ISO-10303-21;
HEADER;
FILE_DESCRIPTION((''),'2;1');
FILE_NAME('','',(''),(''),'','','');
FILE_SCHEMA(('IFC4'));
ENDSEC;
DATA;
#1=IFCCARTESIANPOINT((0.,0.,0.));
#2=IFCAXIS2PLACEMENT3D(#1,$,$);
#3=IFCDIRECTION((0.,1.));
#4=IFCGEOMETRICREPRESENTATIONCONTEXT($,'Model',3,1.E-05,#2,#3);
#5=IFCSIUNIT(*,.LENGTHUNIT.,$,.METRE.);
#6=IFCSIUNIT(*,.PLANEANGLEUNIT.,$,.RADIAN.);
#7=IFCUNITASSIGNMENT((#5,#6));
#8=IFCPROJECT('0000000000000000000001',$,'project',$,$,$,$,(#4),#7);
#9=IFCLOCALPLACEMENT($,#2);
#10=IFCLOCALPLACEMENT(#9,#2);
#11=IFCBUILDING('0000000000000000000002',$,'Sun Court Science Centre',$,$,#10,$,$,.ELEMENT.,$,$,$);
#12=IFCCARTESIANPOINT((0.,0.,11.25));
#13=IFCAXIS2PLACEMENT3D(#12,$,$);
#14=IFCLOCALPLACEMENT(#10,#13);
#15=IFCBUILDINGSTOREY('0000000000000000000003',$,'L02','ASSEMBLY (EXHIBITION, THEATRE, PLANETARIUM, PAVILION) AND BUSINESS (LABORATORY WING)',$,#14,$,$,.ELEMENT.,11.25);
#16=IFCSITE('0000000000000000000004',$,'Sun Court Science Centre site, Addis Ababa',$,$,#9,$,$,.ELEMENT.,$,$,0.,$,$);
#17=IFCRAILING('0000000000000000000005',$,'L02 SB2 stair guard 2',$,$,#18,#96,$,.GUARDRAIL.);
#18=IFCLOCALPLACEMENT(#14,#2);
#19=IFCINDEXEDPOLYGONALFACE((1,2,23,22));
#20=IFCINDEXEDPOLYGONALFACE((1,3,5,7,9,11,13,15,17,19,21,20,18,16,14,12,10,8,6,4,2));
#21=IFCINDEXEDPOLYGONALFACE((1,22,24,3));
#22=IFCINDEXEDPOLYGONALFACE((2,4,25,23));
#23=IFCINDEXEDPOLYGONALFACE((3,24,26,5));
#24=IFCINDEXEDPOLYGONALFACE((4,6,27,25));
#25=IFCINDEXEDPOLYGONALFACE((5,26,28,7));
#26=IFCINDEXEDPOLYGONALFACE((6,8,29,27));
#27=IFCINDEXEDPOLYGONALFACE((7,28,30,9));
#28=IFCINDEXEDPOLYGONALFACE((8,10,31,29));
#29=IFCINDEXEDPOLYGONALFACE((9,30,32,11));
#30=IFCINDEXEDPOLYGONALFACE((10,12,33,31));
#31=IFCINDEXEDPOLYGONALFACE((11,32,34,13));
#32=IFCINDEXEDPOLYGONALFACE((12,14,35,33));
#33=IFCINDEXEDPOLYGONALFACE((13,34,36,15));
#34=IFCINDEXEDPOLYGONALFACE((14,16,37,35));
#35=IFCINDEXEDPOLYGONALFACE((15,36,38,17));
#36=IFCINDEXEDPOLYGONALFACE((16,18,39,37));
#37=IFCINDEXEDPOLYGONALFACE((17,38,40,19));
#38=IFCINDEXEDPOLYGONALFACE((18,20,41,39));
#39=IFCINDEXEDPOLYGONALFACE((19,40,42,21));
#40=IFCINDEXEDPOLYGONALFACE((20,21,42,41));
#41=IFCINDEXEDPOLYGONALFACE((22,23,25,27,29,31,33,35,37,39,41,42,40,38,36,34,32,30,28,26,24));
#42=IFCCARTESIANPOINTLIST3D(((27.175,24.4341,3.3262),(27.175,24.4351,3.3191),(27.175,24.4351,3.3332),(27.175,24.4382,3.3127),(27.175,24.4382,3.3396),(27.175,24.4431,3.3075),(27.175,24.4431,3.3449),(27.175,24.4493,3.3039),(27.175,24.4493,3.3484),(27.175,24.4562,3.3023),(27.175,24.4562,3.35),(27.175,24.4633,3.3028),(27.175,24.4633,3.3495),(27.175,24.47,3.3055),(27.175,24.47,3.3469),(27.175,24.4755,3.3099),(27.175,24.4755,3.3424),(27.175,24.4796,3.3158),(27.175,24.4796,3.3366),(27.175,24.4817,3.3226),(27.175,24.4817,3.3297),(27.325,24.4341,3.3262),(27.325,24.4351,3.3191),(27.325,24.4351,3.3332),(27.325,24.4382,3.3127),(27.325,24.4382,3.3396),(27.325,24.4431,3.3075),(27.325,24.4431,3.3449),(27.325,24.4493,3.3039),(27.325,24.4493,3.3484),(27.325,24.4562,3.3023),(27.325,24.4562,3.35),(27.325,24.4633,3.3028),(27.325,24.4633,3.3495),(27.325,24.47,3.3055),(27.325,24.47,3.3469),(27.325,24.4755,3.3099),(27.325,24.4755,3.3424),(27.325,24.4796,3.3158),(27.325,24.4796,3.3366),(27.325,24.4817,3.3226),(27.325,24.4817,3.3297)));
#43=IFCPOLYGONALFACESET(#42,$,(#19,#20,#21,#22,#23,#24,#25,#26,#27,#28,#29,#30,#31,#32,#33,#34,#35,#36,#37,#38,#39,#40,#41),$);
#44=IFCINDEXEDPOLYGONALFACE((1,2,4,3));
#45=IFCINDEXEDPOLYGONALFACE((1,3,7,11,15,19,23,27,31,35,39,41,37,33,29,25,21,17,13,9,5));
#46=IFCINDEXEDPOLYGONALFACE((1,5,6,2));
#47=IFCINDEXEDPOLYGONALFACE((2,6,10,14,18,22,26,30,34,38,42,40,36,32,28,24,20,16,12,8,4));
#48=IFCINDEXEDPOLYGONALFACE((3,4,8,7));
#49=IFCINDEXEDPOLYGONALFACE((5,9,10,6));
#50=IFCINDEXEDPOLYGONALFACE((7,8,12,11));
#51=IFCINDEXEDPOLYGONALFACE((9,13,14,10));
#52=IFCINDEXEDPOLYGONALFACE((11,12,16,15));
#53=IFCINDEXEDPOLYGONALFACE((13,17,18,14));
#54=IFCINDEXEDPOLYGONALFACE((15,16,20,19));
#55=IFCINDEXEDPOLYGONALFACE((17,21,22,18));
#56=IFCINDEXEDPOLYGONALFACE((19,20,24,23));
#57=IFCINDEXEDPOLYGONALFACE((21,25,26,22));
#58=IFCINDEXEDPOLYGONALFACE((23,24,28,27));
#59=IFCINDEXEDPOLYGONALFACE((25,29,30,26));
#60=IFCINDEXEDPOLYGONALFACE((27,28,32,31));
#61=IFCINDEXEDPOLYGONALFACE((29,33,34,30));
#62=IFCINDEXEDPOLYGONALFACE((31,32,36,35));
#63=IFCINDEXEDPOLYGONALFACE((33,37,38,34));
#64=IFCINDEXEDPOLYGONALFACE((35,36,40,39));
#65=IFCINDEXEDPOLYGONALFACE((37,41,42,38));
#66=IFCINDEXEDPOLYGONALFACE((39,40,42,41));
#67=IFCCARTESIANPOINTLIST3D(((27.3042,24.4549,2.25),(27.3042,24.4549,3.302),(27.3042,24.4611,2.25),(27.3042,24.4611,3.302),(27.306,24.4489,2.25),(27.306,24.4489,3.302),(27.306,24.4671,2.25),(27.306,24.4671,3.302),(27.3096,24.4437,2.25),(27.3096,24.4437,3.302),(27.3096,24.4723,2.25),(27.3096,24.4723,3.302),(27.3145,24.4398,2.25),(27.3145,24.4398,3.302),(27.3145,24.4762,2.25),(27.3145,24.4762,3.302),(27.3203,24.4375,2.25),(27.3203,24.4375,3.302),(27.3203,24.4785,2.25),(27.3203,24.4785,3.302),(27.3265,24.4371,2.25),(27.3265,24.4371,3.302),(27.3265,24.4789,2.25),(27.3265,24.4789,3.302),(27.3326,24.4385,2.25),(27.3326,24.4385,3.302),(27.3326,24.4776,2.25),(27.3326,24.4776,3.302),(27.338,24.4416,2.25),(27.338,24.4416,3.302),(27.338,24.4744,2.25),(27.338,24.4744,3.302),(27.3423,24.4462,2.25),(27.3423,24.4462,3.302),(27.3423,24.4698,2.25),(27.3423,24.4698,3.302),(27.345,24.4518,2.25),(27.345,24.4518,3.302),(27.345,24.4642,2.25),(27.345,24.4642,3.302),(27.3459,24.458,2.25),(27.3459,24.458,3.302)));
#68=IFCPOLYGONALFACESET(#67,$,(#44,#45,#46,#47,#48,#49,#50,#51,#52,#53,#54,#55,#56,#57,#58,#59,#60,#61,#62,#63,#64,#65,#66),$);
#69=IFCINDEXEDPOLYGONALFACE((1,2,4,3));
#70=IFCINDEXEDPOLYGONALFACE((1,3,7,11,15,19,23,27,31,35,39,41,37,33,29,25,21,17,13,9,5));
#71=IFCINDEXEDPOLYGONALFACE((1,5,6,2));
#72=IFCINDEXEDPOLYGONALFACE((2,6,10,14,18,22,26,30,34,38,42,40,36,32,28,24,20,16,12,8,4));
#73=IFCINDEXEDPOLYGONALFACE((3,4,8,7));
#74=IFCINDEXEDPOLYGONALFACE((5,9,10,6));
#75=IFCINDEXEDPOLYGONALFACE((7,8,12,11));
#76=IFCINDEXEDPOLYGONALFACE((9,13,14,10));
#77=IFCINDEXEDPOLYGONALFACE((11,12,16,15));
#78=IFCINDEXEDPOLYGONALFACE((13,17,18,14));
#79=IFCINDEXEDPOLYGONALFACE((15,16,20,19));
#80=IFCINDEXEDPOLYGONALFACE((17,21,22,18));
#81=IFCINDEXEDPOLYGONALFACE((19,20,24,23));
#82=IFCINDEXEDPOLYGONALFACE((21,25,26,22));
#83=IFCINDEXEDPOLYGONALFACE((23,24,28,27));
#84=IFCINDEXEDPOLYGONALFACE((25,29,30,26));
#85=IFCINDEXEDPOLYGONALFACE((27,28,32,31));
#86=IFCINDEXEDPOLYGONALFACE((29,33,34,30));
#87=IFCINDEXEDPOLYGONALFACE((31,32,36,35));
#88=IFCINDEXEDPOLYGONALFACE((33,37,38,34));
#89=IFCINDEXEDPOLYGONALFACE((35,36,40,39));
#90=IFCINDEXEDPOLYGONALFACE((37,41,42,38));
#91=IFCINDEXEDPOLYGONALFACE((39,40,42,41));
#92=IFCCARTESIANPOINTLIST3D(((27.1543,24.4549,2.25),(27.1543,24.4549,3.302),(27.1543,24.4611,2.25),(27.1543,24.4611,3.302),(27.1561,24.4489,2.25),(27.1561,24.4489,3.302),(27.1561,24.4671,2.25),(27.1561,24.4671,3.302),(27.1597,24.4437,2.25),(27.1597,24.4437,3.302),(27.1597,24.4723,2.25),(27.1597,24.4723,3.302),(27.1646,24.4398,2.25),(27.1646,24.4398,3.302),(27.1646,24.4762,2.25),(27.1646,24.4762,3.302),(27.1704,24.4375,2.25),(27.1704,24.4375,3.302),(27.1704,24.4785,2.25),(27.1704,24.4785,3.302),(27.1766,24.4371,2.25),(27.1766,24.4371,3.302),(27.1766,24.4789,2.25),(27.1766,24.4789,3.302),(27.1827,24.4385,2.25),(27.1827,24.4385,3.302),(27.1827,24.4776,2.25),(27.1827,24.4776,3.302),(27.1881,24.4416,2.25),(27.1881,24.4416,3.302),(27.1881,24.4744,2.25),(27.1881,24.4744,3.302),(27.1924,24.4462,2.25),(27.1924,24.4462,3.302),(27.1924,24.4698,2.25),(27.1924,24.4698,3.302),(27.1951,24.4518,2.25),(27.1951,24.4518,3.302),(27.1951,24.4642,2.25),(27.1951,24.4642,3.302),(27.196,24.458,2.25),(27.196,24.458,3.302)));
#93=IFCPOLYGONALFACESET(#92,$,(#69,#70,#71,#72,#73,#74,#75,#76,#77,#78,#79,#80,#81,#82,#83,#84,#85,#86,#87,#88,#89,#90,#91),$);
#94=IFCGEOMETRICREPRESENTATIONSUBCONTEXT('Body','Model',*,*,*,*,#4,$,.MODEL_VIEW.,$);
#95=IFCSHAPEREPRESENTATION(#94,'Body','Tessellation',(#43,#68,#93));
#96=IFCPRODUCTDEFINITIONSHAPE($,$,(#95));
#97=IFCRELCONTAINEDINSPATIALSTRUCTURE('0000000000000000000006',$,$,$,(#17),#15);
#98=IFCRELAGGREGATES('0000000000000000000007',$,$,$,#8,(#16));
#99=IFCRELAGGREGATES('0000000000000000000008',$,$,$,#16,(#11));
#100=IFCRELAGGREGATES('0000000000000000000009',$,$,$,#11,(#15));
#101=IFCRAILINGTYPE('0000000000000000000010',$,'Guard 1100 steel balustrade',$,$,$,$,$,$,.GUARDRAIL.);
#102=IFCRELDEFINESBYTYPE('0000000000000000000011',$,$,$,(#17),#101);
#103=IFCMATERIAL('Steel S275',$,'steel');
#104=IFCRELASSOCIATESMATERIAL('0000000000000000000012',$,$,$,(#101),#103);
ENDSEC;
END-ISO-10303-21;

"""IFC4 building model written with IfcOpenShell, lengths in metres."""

from ifc_helpers import new_model, si_unit, direction, frame, origin, origin_2d, place, context, subcontext, project, spatial, circle, extrude, material, type_object, element, save


model = new_model("IFC4")

# Units and contexts
model_context = context("Model", 3, precision=1e-05, world=origin(), true_north=direction((0.0, 1.0)))
body_context = subcontext(model_context, "Body", "Model", "MODEL_VIEW")
ifc_project = project(units=[si_unit("LENGTHUNIT", "METRE"), si_unit("PLANEANGLEUNIT", "RADIAN")], contexts=[model_context])

# Site, building, storey
site_placement = place(None, origin())
site = spatial("IfcSite", under=ifc_project, at=site_placement, Name="Sun Court Science Centre site, Addis Ababa", CompositionType="ELEMENT", RefElevation=0.0)
building_placement = place(site_placement, origin())
building = spatial("IfcBuilding", under=site, at=building_placement, Name="Sun Court Science Centre", CompositionType="ELEMENT")
storey_placement = place(building_placement, frame((0.0, 0.0, 11.25)))
storey = spatial("IfcBuildingStorey", under=building, at=storey_placement, Name="L02", Description="ASSEMBLY (EXHIBITION, THEATRE, PLANETARIUM, PAVILION) AND BUSINESS (LABORATORY WING)", CompositionType="ELEMENT", Elevation=11.25)

# Railing
ifc_material_1 = material(Name="Steel S275", Category="steel")
railing_type = type_object("IfcRailingType", Name="Guard 1100 steel balustrade", PredefinedType="GUARDRAIL", material=ifc_material_1)
railing_1_placement = place(storey_placement, frame((27.325, 24.458, 2.25)))
element("IfcRailing", 1, at=railing_1_placement, inside=storey, type_object=railing_type, Name="L02 SB2 stair guard 2", PredefinedType="GUARDRAIL", context=body_context, shape_type="SweptSolid", body=[
    extrude(circle(Radius=0.0239, at=origin_2d()), frame((0.0, 0.0, 1.0762), z_axis=(-1.0, 0.0, 0.0), x_axis=(0.0, -1.0, 0.0)), (0.0, 0.0, 1.0), 0.1499),
    extrude(circle(Radius=0.021, at=origin_2d()), origin(), (0.0, 0.0, 1.0), 1.052),
    extrude(circle(Radius=0.021, at=origin_2d()), frame((-0.1499, 0.0, 0.0)), (0.0, 0.0, 1.0), 1.052),
])

save(model, "model.ifc")
